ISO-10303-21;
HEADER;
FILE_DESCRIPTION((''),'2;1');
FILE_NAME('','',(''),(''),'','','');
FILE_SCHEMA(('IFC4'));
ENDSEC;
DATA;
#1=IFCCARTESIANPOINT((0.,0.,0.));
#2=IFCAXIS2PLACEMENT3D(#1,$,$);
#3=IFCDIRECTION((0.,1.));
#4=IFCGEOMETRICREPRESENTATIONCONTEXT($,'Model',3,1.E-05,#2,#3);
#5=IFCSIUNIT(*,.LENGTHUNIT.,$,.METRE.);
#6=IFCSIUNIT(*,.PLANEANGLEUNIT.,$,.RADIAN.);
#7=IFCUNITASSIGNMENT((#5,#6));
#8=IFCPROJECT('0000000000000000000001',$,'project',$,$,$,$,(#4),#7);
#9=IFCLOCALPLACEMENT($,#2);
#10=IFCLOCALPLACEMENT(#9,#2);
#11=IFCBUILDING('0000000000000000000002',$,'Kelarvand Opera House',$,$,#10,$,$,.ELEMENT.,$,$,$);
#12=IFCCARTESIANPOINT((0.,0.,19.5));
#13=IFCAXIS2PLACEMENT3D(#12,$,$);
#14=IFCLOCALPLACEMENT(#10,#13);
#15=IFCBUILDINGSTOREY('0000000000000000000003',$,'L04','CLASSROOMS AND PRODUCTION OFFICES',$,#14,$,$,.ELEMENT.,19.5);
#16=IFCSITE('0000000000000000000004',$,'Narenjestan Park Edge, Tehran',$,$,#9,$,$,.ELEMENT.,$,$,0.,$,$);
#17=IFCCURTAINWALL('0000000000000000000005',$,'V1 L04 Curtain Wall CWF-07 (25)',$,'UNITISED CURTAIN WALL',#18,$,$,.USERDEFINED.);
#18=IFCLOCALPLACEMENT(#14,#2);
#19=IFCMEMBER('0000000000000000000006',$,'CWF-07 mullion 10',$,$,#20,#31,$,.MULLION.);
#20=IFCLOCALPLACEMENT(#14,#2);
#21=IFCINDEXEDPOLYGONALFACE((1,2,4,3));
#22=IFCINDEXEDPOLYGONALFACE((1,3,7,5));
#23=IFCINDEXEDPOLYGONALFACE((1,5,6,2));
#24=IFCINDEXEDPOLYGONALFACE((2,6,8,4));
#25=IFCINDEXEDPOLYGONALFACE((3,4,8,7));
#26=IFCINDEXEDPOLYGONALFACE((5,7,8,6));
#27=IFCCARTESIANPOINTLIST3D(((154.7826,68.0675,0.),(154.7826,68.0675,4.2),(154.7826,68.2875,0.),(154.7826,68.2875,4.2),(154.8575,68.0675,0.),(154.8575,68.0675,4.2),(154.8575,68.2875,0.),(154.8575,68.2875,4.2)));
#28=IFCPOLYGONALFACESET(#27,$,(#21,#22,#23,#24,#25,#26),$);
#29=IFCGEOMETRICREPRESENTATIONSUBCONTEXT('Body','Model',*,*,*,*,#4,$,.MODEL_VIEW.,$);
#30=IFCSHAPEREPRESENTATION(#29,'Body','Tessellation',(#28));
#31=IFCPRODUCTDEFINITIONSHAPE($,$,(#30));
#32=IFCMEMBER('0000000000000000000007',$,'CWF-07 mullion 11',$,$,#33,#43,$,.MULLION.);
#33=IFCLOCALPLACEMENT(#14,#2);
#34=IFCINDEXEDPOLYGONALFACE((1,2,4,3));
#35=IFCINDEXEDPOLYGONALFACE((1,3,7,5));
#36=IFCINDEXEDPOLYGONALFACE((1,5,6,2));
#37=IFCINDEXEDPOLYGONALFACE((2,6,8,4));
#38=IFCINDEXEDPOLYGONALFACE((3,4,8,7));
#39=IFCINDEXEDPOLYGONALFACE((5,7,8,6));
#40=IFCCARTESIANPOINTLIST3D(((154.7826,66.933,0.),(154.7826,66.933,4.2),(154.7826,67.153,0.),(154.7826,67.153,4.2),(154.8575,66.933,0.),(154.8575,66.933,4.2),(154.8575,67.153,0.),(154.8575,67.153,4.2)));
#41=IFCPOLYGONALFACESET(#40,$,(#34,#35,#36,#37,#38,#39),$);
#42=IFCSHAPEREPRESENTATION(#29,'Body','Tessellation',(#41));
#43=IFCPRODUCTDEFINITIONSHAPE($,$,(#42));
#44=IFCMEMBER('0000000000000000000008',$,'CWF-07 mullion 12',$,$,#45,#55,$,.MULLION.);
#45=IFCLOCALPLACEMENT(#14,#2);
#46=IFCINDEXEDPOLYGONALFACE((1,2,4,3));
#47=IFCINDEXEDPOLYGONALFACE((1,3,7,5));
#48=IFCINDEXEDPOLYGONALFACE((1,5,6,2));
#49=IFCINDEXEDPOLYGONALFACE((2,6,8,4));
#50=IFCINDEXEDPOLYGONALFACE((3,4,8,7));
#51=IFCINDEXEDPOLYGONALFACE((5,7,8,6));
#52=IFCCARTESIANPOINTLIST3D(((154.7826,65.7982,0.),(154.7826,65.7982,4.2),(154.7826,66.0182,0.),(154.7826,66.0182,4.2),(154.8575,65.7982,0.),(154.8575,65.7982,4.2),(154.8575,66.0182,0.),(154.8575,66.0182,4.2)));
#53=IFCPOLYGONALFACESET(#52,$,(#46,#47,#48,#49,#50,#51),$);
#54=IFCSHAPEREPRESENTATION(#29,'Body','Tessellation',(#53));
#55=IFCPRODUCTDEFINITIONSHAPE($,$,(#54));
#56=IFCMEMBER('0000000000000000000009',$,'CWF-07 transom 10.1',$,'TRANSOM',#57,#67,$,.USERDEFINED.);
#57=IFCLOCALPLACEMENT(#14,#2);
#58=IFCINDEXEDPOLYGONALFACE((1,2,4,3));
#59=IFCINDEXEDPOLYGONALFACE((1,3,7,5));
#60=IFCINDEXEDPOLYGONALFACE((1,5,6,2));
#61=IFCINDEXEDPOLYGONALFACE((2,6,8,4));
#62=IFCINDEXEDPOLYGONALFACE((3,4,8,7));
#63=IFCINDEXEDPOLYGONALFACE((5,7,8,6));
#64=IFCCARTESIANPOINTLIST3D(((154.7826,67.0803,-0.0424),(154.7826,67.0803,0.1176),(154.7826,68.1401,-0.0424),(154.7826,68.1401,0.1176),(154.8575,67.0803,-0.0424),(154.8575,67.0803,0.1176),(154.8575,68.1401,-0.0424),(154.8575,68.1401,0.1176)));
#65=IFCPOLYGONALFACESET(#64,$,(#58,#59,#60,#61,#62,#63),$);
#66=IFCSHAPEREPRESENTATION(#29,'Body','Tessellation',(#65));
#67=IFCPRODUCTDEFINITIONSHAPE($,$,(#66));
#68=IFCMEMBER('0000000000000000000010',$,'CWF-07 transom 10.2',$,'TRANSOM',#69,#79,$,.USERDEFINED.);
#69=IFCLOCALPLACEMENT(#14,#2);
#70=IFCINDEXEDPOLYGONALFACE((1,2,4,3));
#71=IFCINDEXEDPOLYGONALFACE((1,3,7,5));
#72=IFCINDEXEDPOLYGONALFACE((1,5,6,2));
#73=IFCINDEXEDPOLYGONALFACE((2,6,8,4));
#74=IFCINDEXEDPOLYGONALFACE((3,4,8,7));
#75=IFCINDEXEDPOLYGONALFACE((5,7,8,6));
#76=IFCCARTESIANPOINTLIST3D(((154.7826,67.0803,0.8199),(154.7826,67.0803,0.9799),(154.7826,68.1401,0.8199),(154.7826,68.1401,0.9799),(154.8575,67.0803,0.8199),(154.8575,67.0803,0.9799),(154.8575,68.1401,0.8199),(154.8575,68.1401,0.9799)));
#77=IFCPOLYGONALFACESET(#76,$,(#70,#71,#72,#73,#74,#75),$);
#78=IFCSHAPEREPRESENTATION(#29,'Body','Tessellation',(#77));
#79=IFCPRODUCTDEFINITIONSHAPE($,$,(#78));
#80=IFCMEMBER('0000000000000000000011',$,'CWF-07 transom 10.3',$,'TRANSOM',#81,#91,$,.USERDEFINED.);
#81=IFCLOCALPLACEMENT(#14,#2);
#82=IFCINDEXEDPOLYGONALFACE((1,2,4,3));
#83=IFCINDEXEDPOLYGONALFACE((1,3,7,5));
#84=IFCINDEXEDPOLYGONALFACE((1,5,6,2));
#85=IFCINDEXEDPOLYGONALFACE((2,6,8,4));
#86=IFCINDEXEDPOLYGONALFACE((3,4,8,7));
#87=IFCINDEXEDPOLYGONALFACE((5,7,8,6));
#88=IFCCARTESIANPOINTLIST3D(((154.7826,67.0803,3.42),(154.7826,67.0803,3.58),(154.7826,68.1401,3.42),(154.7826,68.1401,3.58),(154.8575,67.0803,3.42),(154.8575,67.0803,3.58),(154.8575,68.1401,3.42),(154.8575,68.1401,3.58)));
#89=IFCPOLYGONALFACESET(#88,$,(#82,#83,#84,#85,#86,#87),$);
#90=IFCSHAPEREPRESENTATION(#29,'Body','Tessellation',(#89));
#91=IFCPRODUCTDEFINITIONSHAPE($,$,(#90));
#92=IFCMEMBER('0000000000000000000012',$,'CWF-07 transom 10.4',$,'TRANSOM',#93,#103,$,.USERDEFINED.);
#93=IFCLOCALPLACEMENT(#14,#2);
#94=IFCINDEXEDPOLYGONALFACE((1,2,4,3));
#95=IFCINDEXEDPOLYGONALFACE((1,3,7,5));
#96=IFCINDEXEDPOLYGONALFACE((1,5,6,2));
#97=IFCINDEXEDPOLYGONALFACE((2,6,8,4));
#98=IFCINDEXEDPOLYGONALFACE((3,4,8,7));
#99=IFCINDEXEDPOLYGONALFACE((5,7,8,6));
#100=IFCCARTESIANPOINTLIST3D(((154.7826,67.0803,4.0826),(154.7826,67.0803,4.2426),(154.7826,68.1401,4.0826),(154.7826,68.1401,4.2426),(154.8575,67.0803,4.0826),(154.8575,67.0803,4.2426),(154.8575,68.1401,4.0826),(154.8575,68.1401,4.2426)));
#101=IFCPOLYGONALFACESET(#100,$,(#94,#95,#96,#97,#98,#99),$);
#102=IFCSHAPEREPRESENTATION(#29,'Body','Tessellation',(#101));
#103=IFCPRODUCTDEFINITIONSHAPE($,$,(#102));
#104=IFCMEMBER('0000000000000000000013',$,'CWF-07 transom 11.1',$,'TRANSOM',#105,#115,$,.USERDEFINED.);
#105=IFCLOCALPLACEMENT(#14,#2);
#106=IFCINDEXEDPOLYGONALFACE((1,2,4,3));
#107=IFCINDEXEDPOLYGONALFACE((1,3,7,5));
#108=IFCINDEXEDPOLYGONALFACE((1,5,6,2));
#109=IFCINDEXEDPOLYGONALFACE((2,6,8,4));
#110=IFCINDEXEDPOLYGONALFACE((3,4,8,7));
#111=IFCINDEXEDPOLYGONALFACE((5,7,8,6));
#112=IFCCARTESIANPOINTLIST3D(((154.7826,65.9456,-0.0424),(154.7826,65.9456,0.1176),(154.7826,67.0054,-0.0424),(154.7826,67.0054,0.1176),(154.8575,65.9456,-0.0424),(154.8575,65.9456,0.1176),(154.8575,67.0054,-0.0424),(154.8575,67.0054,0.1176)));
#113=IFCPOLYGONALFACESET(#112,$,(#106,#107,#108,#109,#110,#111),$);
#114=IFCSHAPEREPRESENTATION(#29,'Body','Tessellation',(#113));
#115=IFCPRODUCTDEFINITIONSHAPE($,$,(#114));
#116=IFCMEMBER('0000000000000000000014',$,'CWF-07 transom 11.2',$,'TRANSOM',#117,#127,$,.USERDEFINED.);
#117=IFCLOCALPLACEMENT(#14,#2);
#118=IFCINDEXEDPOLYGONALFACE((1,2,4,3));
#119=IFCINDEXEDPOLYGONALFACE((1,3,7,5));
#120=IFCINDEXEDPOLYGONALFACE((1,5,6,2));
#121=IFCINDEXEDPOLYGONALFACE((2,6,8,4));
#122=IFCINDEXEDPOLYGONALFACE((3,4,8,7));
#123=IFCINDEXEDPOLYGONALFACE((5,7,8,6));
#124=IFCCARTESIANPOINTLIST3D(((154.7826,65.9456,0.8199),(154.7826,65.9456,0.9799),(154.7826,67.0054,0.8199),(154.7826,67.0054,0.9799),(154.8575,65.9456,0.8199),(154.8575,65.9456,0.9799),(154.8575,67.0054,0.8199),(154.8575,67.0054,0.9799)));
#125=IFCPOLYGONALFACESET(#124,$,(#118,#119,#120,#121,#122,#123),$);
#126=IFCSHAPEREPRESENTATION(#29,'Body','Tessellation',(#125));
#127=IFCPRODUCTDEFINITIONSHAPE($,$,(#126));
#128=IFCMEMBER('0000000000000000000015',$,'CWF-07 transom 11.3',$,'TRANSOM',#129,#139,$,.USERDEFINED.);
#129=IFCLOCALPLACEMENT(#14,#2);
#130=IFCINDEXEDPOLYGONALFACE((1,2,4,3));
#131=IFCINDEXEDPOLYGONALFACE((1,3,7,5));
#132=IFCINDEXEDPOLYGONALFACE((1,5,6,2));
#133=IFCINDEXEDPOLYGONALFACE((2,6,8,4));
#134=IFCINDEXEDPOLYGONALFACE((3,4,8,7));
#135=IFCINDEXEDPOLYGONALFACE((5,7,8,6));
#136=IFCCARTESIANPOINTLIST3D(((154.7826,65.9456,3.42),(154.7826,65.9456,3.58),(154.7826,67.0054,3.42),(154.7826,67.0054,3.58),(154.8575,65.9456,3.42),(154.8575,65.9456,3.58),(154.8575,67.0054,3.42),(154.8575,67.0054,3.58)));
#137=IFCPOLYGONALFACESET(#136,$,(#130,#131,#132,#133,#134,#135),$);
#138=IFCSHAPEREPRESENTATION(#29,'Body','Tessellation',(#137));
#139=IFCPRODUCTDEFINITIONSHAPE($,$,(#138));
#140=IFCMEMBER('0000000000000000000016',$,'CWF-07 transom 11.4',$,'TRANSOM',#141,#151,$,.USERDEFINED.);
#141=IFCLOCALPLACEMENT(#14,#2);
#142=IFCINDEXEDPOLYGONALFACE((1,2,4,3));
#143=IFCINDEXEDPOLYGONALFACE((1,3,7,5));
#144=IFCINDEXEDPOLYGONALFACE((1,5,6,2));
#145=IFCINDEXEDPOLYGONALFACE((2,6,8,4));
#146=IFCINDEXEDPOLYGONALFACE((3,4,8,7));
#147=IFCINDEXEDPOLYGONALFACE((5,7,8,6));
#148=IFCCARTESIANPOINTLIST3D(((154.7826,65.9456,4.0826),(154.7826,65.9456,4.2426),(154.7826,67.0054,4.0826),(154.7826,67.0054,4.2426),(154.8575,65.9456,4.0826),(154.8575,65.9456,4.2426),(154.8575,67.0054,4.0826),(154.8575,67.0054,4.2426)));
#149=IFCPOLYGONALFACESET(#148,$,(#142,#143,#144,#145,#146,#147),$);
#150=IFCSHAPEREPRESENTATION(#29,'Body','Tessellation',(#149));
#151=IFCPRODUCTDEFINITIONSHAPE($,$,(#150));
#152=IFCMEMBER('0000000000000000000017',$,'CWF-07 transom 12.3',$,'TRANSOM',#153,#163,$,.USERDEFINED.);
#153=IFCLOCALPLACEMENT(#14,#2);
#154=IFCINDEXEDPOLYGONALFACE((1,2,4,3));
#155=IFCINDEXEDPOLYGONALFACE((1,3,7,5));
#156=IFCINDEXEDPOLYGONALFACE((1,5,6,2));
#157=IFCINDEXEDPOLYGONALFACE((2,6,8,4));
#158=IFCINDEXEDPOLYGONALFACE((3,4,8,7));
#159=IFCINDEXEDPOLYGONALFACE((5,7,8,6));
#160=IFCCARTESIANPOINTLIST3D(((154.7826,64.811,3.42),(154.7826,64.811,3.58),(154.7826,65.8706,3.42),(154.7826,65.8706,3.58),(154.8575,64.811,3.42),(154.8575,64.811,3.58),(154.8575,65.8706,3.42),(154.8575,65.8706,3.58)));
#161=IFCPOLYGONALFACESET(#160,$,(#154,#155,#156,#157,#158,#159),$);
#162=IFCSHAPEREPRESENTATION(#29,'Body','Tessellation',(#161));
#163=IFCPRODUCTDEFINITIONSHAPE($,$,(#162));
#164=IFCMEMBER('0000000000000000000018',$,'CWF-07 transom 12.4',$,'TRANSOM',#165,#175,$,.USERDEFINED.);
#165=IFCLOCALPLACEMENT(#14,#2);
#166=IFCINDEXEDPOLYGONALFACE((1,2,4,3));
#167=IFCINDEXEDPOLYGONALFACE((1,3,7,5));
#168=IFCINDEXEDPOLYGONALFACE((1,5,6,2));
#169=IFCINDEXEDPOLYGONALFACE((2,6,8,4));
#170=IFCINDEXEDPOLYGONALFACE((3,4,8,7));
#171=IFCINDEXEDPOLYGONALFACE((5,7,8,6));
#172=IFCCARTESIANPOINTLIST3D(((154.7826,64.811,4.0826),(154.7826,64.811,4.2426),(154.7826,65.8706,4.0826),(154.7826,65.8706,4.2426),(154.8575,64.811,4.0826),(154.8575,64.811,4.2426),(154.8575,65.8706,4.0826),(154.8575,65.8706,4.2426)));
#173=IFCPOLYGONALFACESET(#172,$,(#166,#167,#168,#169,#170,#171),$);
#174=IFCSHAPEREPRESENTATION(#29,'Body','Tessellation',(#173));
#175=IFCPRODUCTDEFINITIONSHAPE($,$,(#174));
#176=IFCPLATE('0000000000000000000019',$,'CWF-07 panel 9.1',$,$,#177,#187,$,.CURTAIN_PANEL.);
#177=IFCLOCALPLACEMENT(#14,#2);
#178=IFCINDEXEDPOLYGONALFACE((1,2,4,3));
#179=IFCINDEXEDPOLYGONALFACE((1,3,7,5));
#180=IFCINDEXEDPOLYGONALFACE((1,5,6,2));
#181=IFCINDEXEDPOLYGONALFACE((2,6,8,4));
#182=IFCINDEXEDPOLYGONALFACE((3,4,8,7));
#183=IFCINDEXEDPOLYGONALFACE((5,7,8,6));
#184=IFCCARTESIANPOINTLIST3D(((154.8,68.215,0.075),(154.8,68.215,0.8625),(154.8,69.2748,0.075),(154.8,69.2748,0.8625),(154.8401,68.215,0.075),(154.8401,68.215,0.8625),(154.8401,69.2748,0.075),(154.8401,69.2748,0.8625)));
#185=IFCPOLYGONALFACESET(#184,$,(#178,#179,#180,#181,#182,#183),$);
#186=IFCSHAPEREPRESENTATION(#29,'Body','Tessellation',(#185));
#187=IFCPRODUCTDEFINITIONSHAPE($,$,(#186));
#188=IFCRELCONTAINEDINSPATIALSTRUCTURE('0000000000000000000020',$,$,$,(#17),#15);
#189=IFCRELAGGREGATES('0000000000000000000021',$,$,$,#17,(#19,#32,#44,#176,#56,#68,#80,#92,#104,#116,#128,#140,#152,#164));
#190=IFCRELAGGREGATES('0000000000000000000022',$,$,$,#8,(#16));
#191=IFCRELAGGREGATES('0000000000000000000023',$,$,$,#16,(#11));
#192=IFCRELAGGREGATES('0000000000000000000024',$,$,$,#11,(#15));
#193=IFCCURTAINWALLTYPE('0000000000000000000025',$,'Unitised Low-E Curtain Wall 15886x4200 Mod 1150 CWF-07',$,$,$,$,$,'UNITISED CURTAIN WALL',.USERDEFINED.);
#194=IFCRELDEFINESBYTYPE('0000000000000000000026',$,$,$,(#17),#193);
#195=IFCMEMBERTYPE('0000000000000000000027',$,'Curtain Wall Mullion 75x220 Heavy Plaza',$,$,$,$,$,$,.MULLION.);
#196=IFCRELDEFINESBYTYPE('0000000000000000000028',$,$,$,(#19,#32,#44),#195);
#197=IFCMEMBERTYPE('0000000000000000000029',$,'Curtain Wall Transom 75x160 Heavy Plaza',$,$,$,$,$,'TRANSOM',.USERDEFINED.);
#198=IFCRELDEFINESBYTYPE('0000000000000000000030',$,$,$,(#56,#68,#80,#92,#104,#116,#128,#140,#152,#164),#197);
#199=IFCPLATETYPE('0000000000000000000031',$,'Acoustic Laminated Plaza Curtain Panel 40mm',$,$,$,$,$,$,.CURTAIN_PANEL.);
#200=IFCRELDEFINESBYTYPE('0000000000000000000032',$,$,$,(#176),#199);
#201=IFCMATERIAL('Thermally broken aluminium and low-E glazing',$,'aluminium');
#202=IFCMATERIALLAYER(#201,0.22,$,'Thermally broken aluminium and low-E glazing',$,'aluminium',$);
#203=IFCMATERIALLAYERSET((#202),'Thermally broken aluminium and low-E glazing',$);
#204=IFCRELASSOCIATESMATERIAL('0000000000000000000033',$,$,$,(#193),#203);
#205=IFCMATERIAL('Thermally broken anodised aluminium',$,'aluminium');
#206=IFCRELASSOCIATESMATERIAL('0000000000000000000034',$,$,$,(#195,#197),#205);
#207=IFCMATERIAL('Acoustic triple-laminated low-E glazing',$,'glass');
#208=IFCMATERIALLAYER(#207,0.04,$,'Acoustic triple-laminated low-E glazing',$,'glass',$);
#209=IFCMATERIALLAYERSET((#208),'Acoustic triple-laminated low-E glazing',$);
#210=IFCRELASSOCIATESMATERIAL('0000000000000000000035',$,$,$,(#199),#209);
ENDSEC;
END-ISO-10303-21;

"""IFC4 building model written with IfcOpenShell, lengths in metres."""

from ifc_helpers import new_model, si_unit, direction, frame, origin, origin_2d, place, context, subcontext, project, spatial, rectangle, extrude, material, layer, layer_set, material_profile, profile_set, type_object, element, aggregate, save


model = new_model("IFC4")

# Units and contexts
model_context = context("Model", 3, precision=1e-05, world=origin(), true_north=direction((0.0, 1.0)))
body_context = subcontext(model_context, "Body", "Model", "MODEL_VIEW")
ifc_project = project(units=[si_unit("LENGTHUNIT", "METRE"), si_unit("PLANEANGLEUNIT", "RADIAN")], contexts=[model_context])

# Site, building, storey
site_placement = place(None, origin())
site = spatial("IfcSite", under=ifc_project, at=site_placement, Name="Narenjestan Park Edge, Tehran", CompositionType="ELEMENT", RefElevation=0.0)
building_placement = place(site_placement, origin())
building = spatial("IfcBuilding", under=site, at=building_placement, Name="Kelarvand Opera House", CompositionType="ELEMENT")
storey_placement = place(building_placement, frame((0.0, 0.0, 19.5)))
storey = spatial("IfcBuildingStorey", under=building, at=storey_placement, Name="L04", Description="CLASSROOMS AND PRODUCTION OFFICES", CompositionType="ELEMENT", Elevation=19.5)

# Curtain wall, members, plate
ifc_material_1 = material(Name="Thermally broken aluminium and low-E glazing", Category="aluminium")
ifc_layer_1 = layer(ifc_material_1, 0.22, Name="Thermally broken aluminium and low-E glazing", Category="aluminium")
ifc_layer_set_1 = layer_set([ifc_layer_1], Name="Thermally broken aluminium and low-E glazing")
curtain_wall_type = type_object("IfcCurtainWallType", Name="Unitised Low-E Curtain Wall 15886x4200 Mod 1150 CWF-07", ElementType="UNITISED CURTAIN WALL", PredefinedType="USERDEFINED", material=ifc_layer_set_1)
curtain_wall_placement = place(storey_placement, origin())
curtain_wall = element("IfcCurtainWall", 1, at=curtain_wall_placement, inside=storey, type_object=curtain_wall_type, Name="V1 L04 Curtain Wall CWF-07 (25)", ObjectType="UNITISED CURTAIN WALL", PredefinedType="USERDEFINED")
ifc_material_2 = material(Name="Thermally broken anodised aluminium", Category="aluminium")
ifc_material_profile_1 = material_profile(ifc_material_2, rectangle(XDim=0.075, YDim=0.22, at=origin_2d()), Name="ALU MULLION 75x220", Category="aluminium")
ifc_profile_set_1 = profile_set([ifc_material_profile_1], Name="Thermally broken anodised aluminium")
member_type_1 = type_object("IfcMemberType", Name="Curtain Wall Mullion 75x220 Heavy Plaza", PredefinedType="MULLION", material=ifc_profile_set_1)
member_1_placement = place(storey_placement, frame((154.8201, 68.1775, 0.0), z_axis=(0.0, 0.0, 1.0), x_axis=(1.0, 0.0, 0.0)))
member_1 = element("IfcMember", 2, at=member_1_placement, type_object=member_type_1, Name="CWF-07 mullion 10", PredefinedType="MULLION", context=body_context, shape_type="SweptSolid", body=[
    extrude(rectangle(XDim=0.075, YDim=0.22, at=origin_2d()), origin(), (0.0, 0.0, 1.0), 4.2),
])
member_2_placement = place(storey_placement, frame((154.8201, 67.043, 0.0), z_axis=(0.0, 0.0, 1.0), x_axis=(1.0, 0.0, 0.0)))
member_2 = element("IfcMember", 3, at=member_2_placement, type_object=member_type_1, Name="CWF-07 mullion 11", PredefinedType="MULLION", context=body_context, shape_type="SweptSolid", body=[
    extrude(rectangle(XDim=0.075, YDim=0.22, at=origin_2d()), origin(), (0.0, 0.0, 1.0), 4.2),
])
member_3_placement = place(storey_placement, frame((154.8201, 65.9082, 0.0), z_axis=(0.0, 0.0, 1.0), x_axis=(1.0, 0.0, 0.0)))
member_3 = element("IfcMember", 4, at=member_3_placement, type_object=member_type_1, Name="CWF-07 mullion 12", PredefinedType="MULLION", context=body_context, shape_type="SweptSolid", body=[
    extrude(rectangle(XDim=0.075, YDim=0.22, at=origin_2d()), origin(), (0.0, 0.0, 1.0), 4.2),
])
ifc_material_profile_2 = material_profile(ifc_material_2, rectangle(XDim=0.075, YDim=0.1599, at=origin_2d()), Name="ALU TRANSOM 75x160", Category="aluminium")
ifc_profile_set_2 = profile_set([ifc_material_profile_2], Name="Thermally broken anodised aluminium")
member_type_2 = type_object("IfcMemberType", Name="Curtain Wall Transom 75x160 Heavy Plaza", ElementType="TRANSOM", PredefinedType="USERDEFINED", material=ifc_profile_set_2)
member_4_placement = place(storey_placement, frame((154.8201, 68.1401, 0.0376), z_axis=(0.0, -1.0, 0.0), x_axis=(1.0, 0.0, 0.0)))
member_4 = element("IfcMember", 5, at=member_4_placement, type_object=member_type_2, Name="CWF-07 transom 10.1", ObjectType="TRANSOM", PredefinedType="USERDEFINED", context=body_context, shape_type="SweptSolid", body=[
    extrude(rectangle(XDim=0.075, YDim=0.1599, at=origin_2d()), origin(), (0.0, 0.0, 1.0), 1.0598),
])
member_5_placement = place(storey_placement, frame((154.8201, 68.1401, 0.8999), z_axis=(0.0, -1.0, 0.0), x_axis=(1.0, 0.0, 0.0)))
member_5 = element("IfcMember", 6, at=member_5_placement, type_object=member_type_2, Name="CWF-07 transom 10.2", ObjectType="TRANSOM", PredefinedType="USERDEFINED", context=body_context, shape_type="SweptSolid", body=[
    extrude(rectangle(XDim=0.075, YDim=0.1599, at=origin_2d()), origin(), (0.0, 0.0, 1.0), 1.0598),
])
member_6_placement = place(storey_placement, frame((154.8201, 68.1401, 3.5), z_axis=(0.0, -1.0, 0.0), x_axis=(1.0, 0.0, 0.0)))
member_6 = element("IfcMember", 7, at=member_6_placement, type_object=member_type_2, Name="CWF-07 transom 10.3", ObjectType="TRANSOM", PredefinedType="USERDEFINED", context=body_context, shape_type="SweptSolid", body=[
    extrude(rectangle(XDim=0.075, YDim=0.1599, at=origin_2d()), origin(), (0.0, 0.0, 1.0), 1.0598),
])
member_7_placement = place(storey_placement, frame((154.8201, 68.1401, 4.1626), z_axis=(0.0, -1.0, 0.0), x_axis=(1.0, 0.0, 0.0)))
member_7 = element("IfcMember", 8, at=member_7_placement, type_object=member_type_2, Name="CWF-07 transom 10.4", ObjectType="TRANSOM", PredefinedType="USERDEFINED", context=body_context, shape_type="SweptSolid", body=[
    extrude(rectangle(XDim=0.075, YDim=0.1599, at=origin_2d()), origin(), (0.0, 0.0, 1.0), 1.0598),
])
member_8_placement = place(storey_placement, frame((154.8201, 67.0054, 0.0376), z_axis=(0.0, -1.0, 0.0), x_axis=(1.0, 0.0, 0.0)))
member_8 = element("IfcMember", 9, at=member_8_placement, type_object=member_type_2, Name="CWF-07 transom 11.1", ObjectType="TRANSOM", PredefinedType="USERDEFINED", context=body_context, shape_type="SweptSolid", body=[
    extrude(rectangle(XDim=0.075, YDim=0.1599, at=origin_2d()), origin(), (0.0, 0.0, 1.0), 1.0598),
])
member_9_placement = place(storey_placement, frame((154.8201, 67.0054, 0.8999), z_axis=(0.0, -1.0, 0.0), x_axis=(1.0, 0.0, 0.0)))
member_9 = element("IfcMember", 10, at=member_9_placement, type_object=member_type_2, Name="CWF-07 transom 11.2", ObjectType="TRANSOM", PredefinedType="USERDEFINED", context=body_context, shape_type="SweptSolid", body=[
    extrude(rectangle(XDim=0.075, YDim=0.1599, at=origin_2d()), origin(), (0.0, 0.0, 1.0), 1.0598),
])
member_10_placement = place(storey_placement, frame((154.8201, 67.0054, 3.5), z_axis=(0.0, -1.0, 0.0), x_axis=(1.0, 0.0, 0.0)))
member_10 = element("IfcMember", 11, at=member_10_placement, type_object=member_type_2, Name="CWF-07 transom 11.3", ObjectType="TRANSOM", PredefinedType="USERDEFINED", context=body_context, shape_type="SweptSolid", body=[
    extrude(rectangle(XDim=0.075, YDim=0.1599, at=origin_2d()), origin(), (0.0, 0.0, 1.0), 1.0598),
])
member_11_placement = place(storey_placement, frame((154.8201, 67.0054, 4.1626), z_axis=(0.0, -1.0, 0.0), x_axis=(1.0, 0.0, 0.0)))
member_11 = element("IfcMember", 12, at=member_11_placement, type_object=member_type_2, Name="CWF-07 transom 11.4", ObjectType="TRANSOM", PredefinedType="USERDEFINED", context=body_context, shape_type="SweptSolid", body=[
    extrude(rectangle(XDim=0.075, YDim=0.1599, at=origin_2d()), origin(), (0.0, 0.0, 1.0), 1.0598),
])
member_12_placement = place(storey_placement, frame((154.8201, 65.8706, 3.5), z_axis=(0.0, -1.0, 0.0), x_axis=(1.0, 0.0, 0.0)))
member_12 = element("IfcMember", 13, at=member_12_placement, type_object=member_type_2, Name="CWF-07 transom 12.3", ObjectType="TRANSOM", PredefinedType="USERDEFINED", context=body_context, shape_type="SweptSolid", body=[
    extrude(rectangle(XDim=0.075, YDim=0.1599, at=origin_2d()), origin(), (0.0, 0.0, 1.0), 1.0596),
])
member_13_placement = place(storey_placement, frame((154.8201, 65.8706, 4.1626), z_axis=(0.0, -1.0, 0.0), x_axis=(1.0, 0.0, 0.0)))
member_13 = element("IfcMember", 14, at=member_13_placement, type_object=member_type_2, Name="CWF-07 transom 12.4", ObjectType="TRANSOM", PredefinedType="USERDEFINED", context=body_context, shape_type="SweptSolid", body=[
    extrude(rectangle(XDim=0.075, YDim=0.1599, at=origin_2d()), origin(), (0.0, 0.0, 1.0), 1.0596),
])
ifc_material_3 = material(Name="Acoustic triple-laminated low-E glazing", Category="glass")
ifc_layer_2 = layer(ifc_material_3, 0.04, Name="Acoustic triple-laminated low-E glazing", Category="glass")
ifc_layer_set_2 = layer_set([ifc_layer_2], Name="Acoustic triple-laminated low-E glazing")
plate_type = type_object("IfcPlateType", Name="Acoustic Laminated Plaza Curtain Panel 40mm", PredefinedType="CURTAIN_PANEL", material=ifc_layer_set_2)
plate_1_placement = place(storey_placement, frame((154.8201, 68.7449, 0.075), z_axis=(0.0, 0.0, 1.0), x_axis=(0.0, -1.0, 0.0)))
plate_1 = element("IfcPlate", 15, at=plate_1_placement, type_object=plate_type, Name="CWF-07 panel 9.1", PredefinedType="CURTAIN_PANEL", context=body_context, shape_type="SweptSolid", body=[
    extrude(rectangle(XDim=1.0598, YDim=0.04, at=origin_2d()), origin(), (0.0, 0.0, 1.0), 0.7876),
])
aggregate(curtain_wall, [member_1, member_2, member_3, plate_1, member_4, member_5, member_6, member_7, member_8, member_9, member_10, member_11, member_12, member_13])

save(model, "model.ifc")
